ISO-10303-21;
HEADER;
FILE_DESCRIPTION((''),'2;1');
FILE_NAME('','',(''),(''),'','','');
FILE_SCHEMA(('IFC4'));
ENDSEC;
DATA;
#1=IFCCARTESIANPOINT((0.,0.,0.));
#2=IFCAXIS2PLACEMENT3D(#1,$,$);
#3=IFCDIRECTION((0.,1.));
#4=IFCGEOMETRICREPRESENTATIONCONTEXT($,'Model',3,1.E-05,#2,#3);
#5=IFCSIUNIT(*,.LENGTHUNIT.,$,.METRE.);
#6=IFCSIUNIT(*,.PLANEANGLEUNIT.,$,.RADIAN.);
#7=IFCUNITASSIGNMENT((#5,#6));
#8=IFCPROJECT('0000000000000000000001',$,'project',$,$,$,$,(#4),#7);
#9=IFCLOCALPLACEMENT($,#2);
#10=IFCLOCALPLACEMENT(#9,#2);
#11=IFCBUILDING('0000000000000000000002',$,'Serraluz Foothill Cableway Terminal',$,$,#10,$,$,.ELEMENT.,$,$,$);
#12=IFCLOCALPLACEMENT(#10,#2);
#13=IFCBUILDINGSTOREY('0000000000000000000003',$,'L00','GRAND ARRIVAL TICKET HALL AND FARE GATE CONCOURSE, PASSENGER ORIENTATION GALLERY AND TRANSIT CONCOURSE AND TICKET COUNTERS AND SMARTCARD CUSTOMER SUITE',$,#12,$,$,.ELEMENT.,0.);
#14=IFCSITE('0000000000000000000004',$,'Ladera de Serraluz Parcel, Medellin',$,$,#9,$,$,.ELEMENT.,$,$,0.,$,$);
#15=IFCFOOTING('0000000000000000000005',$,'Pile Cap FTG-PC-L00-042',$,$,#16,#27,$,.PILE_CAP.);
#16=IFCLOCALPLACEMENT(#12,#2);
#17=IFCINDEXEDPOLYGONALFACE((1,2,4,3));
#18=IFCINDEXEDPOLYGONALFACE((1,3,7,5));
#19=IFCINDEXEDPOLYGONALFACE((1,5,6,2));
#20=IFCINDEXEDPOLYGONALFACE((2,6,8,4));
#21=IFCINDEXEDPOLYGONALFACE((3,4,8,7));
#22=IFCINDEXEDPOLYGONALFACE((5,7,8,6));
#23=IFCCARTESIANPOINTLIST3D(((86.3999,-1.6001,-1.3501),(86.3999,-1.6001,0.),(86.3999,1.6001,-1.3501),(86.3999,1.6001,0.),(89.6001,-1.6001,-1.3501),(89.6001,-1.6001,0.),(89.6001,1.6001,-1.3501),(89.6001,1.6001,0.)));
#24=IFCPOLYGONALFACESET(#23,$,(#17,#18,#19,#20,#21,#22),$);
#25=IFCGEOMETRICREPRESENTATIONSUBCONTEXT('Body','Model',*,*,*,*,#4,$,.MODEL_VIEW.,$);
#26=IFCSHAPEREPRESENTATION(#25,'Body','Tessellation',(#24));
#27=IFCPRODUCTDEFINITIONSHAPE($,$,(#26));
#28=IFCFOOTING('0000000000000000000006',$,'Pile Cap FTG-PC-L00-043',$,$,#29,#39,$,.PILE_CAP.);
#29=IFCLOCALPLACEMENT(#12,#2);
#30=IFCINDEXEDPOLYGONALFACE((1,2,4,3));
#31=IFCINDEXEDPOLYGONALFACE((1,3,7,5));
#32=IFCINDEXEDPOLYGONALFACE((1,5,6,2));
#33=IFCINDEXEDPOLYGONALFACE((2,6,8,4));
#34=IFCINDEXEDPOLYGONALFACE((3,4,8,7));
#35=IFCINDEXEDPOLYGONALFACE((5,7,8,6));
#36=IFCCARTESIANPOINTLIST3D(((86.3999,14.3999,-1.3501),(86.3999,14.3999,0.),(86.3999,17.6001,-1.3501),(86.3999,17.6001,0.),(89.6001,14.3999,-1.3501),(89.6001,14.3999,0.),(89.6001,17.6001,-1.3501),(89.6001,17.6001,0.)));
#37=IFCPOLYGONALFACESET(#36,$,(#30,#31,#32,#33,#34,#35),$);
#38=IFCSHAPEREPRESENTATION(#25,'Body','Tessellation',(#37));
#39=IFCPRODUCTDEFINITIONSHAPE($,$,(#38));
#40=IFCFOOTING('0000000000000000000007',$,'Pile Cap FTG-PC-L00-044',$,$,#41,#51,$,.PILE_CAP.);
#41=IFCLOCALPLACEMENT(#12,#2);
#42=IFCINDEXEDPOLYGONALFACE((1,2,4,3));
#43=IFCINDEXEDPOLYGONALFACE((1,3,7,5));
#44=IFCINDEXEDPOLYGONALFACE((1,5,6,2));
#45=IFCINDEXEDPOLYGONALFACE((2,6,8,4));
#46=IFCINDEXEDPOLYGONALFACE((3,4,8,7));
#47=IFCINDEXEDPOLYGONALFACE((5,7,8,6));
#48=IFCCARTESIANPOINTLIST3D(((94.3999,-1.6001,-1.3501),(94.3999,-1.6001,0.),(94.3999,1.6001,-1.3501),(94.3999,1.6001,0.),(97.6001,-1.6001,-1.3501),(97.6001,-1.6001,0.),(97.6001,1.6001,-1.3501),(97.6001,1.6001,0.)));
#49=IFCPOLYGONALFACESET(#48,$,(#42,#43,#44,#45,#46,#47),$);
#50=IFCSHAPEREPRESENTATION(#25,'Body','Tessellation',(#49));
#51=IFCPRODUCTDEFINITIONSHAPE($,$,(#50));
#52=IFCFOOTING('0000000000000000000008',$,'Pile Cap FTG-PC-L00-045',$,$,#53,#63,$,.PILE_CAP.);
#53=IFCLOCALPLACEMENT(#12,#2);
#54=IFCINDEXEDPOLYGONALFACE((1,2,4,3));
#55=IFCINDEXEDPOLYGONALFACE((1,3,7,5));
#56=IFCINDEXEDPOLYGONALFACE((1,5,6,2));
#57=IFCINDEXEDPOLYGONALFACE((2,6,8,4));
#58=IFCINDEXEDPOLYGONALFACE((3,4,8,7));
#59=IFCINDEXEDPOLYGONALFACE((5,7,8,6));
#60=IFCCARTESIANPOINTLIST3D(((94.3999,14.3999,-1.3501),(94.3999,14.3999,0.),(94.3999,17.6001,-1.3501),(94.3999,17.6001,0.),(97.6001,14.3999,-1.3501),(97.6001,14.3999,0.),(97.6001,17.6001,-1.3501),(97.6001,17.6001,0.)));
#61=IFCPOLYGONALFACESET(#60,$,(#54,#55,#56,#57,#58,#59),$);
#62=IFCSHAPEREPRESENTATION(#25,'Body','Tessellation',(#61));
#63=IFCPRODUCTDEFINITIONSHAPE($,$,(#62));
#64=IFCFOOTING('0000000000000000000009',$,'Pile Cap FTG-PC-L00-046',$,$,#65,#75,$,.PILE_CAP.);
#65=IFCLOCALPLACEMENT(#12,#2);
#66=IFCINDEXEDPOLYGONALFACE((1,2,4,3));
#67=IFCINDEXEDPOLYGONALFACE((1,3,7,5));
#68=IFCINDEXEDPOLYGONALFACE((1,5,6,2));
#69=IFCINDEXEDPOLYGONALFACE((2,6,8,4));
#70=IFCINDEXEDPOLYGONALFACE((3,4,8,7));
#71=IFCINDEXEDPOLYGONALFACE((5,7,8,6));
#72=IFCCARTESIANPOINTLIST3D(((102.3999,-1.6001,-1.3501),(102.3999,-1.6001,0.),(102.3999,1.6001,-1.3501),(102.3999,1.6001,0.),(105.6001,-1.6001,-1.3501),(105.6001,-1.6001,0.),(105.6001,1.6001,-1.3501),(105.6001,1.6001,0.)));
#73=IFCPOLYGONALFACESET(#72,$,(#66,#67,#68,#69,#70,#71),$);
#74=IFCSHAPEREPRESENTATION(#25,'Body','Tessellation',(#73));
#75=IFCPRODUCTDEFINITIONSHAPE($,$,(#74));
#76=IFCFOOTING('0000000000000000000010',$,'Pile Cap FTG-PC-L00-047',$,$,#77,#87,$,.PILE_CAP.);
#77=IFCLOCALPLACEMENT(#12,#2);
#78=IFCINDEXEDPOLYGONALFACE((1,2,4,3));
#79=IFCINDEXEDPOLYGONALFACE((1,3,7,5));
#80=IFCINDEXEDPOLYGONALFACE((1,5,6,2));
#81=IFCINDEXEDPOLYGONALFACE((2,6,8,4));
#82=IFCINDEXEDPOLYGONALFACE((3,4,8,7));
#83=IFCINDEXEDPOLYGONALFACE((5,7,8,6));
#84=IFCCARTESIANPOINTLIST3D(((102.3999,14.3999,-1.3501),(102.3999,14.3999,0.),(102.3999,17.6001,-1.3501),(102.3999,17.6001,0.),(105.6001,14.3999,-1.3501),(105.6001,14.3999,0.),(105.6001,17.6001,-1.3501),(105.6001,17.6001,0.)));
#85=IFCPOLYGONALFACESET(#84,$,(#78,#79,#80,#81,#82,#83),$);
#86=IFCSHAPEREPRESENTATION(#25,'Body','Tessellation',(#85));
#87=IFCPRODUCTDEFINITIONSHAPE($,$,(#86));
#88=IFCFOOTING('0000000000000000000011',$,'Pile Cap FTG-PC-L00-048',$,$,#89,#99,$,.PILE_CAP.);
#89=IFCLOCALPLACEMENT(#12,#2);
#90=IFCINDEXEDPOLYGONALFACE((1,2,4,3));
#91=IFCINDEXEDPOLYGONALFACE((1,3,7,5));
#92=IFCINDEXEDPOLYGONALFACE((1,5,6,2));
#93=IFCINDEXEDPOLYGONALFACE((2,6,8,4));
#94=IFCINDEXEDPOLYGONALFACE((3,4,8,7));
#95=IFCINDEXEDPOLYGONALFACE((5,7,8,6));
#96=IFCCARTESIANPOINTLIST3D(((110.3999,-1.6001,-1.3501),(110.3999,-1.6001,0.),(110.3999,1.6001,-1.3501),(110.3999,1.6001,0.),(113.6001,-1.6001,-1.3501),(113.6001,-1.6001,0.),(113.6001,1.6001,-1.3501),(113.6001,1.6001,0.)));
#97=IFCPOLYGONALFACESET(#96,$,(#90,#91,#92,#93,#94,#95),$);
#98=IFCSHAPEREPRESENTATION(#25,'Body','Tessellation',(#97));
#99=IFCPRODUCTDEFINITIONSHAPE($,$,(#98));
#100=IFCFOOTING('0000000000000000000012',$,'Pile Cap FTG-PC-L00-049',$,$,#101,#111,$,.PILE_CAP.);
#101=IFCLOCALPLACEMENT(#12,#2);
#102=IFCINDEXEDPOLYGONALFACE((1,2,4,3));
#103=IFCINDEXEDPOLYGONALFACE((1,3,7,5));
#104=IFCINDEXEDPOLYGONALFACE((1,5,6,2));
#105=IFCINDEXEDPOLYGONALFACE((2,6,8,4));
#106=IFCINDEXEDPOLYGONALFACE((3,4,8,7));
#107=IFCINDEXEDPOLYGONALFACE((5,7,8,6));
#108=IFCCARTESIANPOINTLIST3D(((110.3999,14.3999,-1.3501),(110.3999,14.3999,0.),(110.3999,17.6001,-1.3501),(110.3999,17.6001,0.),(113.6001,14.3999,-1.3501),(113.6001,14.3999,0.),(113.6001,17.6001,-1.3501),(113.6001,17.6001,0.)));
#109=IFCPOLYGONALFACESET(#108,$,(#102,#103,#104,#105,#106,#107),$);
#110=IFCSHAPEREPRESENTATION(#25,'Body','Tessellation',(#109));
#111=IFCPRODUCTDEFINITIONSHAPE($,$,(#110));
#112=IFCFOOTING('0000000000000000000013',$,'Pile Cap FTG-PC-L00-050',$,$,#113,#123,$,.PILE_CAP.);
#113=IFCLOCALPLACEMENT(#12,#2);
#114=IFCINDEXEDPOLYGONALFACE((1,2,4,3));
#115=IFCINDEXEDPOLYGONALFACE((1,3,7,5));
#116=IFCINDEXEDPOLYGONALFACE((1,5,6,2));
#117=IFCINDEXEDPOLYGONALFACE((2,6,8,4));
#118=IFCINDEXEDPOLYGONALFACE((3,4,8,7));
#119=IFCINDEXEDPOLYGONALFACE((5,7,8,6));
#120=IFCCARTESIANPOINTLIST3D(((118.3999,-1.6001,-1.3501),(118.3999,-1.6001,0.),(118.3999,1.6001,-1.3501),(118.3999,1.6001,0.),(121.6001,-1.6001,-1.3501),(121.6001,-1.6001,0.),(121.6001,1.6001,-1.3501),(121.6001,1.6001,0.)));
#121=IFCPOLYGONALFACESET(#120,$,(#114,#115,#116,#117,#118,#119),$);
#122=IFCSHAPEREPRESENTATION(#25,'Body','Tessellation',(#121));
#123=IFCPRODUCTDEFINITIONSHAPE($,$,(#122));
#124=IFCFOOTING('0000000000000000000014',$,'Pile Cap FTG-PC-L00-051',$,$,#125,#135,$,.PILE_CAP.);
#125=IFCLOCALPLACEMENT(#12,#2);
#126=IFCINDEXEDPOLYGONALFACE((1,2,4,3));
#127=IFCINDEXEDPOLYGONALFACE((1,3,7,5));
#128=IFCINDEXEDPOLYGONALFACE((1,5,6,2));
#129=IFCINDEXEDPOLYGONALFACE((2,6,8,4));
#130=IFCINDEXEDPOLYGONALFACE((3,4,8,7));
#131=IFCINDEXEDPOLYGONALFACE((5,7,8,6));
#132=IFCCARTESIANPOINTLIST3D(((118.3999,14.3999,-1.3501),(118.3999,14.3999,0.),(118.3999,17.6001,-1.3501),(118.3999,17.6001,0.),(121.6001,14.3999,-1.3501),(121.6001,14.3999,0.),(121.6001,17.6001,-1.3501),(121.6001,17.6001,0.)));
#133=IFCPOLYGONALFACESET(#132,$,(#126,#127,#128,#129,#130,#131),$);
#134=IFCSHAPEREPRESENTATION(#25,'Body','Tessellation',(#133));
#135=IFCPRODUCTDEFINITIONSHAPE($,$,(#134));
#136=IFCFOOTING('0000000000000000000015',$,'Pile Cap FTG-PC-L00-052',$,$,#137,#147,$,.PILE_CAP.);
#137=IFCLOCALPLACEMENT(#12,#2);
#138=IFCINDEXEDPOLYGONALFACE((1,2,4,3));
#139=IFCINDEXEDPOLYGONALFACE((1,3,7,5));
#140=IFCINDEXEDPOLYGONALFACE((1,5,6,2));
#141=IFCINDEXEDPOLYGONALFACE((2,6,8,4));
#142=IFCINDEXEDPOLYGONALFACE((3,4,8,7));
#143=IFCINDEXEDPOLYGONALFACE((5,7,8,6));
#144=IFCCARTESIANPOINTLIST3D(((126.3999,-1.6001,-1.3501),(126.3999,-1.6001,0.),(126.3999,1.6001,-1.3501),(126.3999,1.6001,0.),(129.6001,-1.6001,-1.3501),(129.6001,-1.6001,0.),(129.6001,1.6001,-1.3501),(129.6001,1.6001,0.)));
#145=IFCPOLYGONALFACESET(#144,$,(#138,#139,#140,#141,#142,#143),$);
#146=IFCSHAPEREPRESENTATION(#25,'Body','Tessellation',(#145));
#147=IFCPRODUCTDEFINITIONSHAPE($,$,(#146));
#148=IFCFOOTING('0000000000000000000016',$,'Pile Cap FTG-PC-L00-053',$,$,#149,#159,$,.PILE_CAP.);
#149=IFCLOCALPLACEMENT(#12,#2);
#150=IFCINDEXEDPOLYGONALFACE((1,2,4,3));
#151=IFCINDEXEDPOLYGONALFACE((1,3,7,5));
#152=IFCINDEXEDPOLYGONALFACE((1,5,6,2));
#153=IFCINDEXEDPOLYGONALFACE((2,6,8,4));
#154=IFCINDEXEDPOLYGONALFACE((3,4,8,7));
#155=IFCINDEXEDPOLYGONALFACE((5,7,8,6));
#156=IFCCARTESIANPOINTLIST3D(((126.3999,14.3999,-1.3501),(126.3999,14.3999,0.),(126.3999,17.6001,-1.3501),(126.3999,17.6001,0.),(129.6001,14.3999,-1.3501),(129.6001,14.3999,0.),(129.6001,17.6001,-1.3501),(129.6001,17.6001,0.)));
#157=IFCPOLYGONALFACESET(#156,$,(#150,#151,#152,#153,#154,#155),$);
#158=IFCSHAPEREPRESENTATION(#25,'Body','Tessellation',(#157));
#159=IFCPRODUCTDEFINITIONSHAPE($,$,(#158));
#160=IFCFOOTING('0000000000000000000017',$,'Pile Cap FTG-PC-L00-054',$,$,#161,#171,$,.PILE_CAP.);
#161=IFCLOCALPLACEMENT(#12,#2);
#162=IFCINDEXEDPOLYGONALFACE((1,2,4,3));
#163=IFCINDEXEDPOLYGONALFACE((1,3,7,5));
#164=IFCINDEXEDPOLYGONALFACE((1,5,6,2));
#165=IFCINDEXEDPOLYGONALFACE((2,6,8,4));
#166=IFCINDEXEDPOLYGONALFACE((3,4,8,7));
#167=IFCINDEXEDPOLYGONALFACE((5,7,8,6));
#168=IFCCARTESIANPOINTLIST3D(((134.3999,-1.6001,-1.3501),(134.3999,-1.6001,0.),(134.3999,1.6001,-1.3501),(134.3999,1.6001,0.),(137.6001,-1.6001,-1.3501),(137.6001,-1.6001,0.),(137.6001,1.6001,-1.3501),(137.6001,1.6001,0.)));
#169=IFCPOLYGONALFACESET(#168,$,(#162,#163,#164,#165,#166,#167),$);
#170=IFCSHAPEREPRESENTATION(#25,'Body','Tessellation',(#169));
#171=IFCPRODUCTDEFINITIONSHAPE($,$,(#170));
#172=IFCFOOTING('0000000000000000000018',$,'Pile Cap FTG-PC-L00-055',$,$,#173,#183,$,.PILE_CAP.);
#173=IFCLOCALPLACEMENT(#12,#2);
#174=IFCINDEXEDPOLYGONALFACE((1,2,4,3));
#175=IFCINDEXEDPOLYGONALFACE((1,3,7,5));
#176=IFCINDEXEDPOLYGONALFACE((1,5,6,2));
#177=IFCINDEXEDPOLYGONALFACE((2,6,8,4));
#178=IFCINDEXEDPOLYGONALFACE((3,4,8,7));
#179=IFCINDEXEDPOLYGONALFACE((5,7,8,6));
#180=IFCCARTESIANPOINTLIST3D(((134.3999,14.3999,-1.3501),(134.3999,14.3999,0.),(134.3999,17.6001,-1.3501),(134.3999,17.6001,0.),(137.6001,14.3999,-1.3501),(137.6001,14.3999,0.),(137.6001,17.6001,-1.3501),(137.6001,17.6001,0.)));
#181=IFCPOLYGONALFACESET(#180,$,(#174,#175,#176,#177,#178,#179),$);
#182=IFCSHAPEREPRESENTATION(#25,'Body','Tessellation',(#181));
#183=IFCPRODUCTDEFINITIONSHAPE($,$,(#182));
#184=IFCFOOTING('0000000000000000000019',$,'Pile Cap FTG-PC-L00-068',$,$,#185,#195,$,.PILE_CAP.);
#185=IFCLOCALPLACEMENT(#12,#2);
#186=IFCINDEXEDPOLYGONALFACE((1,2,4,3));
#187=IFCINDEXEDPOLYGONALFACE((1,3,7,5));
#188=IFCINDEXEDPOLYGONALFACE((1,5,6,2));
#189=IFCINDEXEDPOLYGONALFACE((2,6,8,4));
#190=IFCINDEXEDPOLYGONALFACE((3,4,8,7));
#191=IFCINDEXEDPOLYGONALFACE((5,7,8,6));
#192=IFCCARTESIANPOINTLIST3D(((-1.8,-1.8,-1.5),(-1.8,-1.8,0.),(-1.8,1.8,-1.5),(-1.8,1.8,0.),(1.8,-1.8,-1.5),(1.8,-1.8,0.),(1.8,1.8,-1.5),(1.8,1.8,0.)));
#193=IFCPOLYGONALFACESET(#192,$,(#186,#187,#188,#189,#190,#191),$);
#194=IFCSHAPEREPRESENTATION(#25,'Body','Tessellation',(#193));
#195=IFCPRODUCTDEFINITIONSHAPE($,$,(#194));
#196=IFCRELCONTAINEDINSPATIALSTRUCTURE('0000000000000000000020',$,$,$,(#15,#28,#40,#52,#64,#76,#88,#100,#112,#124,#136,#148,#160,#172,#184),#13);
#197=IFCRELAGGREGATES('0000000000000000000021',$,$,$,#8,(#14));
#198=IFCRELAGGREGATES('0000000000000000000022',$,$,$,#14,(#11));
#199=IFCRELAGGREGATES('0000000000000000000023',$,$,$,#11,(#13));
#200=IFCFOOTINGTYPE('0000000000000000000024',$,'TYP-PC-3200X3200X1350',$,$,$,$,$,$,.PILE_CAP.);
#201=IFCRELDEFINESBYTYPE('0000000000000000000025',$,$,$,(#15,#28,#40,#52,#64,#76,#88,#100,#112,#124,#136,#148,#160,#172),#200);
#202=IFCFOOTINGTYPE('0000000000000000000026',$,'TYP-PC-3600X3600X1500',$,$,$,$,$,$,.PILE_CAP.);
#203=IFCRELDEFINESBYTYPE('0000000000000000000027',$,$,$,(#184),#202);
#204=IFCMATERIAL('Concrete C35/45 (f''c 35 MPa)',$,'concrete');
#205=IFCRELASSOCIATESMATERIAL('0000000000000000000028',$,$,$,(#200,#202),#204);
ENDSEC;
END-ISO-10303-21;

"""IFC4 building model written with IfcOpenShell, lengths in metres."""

from ifc_helpers import new_model, si_unit, direction, frame, origin, place, context, subcontext, project, spatial, polyline, outline, extrude, material, type_object, element, save


model = new_model("IFC4")

# Units and contexts
model_context = context("Model", 3, precision=1e-05, world=origin(), true_north=direction((0.0, 1.0)))
body_context = subcontext(model_context, "Body", "Model", "MODEL_VIEW")
ifc_project = project(units=[si_unit("LENGTHUNIT", "METRE"), si_unit("PLANEANGLEUNIT", "RADIAN")], contexts=[model_context])

# Site, building, storey
site_placement = place(None, origin())
site = spatial("IfcSite", under=ifc_project, at=site_placement, Name="Ladera de Serraluz Parcel, Medellin", CompositionType="ELEMENT", RefElevation=0.0)
building_placement = place(site_placement, origin())
building = spatial("IfcBuilding", under=site, at=building_placement, Name="Serraluz Foothill Cableway Terminal", CompositionType="ELEMENT")
storey_placement = place(building_placement, origin())
storey = spatial("IfcBuildingStorey", under=building, at=storey_placement, Name="L00", Description="GRAND ARRIVAL TICKET HALL AND FARE GATE CONCOURSE, PASSENGER ORIENTATION GALLERY AND TRANSIT CONCOURSE AND TICKET COUNTERS AND SMARTCARD CUSTOMER SUITE", CompositionType="ELEMENT", Elevation=0.0)

# Footings
ifc_material_1 = material(Name="Concrete C35/45 (f'c 35 MPa)", Category="concrete")
footing_type_1 = type_object("IfcFootingType", Name="TYP-PC-3200X3200X1350", PredefinedType="PILE_CAP", material=ifc_material_1)
footing_1_placement = place(storey_placement, frame((0.0, 0.0, -1.3501)))
element("IfcFooting", 1, at=footing_1_placement, inside=storey, type_object=footing_type_1, Name="Pile Cap FTG-PC-L00-042", PredefinedType="PILE_CAP", context=body_context, shape_type="SweptSolid", body=[
    extrude(outline(polyline([(86.3999, -1.6001), (89.6001, -1.6001), (89.6001, 1.6001), (86.3999, 1.6001), (86.3999, -1.6001)])), origin(), (0.0, 0.0, 1.0), 1.3501),
])
footing_2_placement = place(storey_placement, frame((0.0, 0.0, -1.3501)))
element("IfcFooting", 2, at=footing_2_placement, inside=storey, type_object=footing_type_1, Name="Pile Cap FTG-PC-L00-043", PredefinedType="PILE_CAP", context=body_context, shape_type="SweptSolid", body=[
    extrude(outline(polyline([(86.3999, 14.3999), (89.6001, 14.3999), (89.6001, 17.6001), (86.3999, 17.6001), (86.3999, 14.3999)])), origin(), (0.0, 0.0, 1.0), 1.3501),
])
footing_3_placement = place(storey_placement, frame((0.0, 0.0, -1.3501)))
element("IfcFooting", 3, at=footing_3_placement, inside=storey, type_object=footing_type_1, Name="Pile Cap FTG-PC-L00-044", PredefinedType="PILE_CAP", context=body_context, shape_type="SweptSolid", body=[
    extrude(outline(polyline([(94.3999, -1.6001), (97.6001, -1.6001), (97.6001, 1.6001), (94.3999, 1.6001), (94.3999, -1.6001)])), origin(), (0.0, 0.0, 1.0), 1.3501),
])
footing_4_placement = place(storey_placement, frame((0.0, 0.0, -1.3501)))
element("IfcFooting", 4, at=footing_4_placement, inside=storey, type_object=footing_type_1, Name="Pile Cap FTG-PC-L00-045", PredefinedType="PILE_CAP", context=body_context, shape_type="SweptSolid", body=[
    extrude(outline(polyline([(94.3999, 14.3999), (97.6001, 14.3999), (97.6001, 17.6001), (94.3999, 17.6001), (94.3999, 14.3999)])), origin(), (0.0, 0.0, 1.0), 1.3501),
])
footing_5_placement = place(storey_placement, frame((0.0, 0.0, -1.3501)))
element("IfcFooting", 5, at=footing_5_placement, inside=storey, type_object=footing_type_1, Name="Pile Cap FTG-PC-L00-046", PredefinedType="PILE_CAP", context=body_context, shape_type="SweptSolid", body=[
    extrude(outline(polyline([(102.3999, -1.6001), (105.6001, -1.6001), (105.6001, 1.6001), (102.3999, 1.6001), (102.3999, -1.6001)])), origin(), (0.0, 0.0, 1.0), 1.3501),
])
footing_6_placement = place(storey_placement, frame((0.0, 0.0, -1.3501)))
element("IfcFooting", 6, at=footing_6_placement, inside=storey, type_object=footing_type_1, Name="Pile Cap FTG-PC-L00-047", PredefinedType="PILE_CAP", context=body_context, shape_type="SweptSolid", body=[
    extrude(outline(polyline([(102.3999, 14.3999), (105.6001, 14.3999), (105.6001, 17.6001), (102.3999, 17.6001), (102.3999, 14.3999)])), origin(), (0.0, 0.0, 1.0), 1.3501),
])
footing_7_placement = place(storey_placement, frame((0.0, 0.0, -1.3501)))
element("IfcFooting", 7, at=footing_7_placement, inside=storey, type_object=footing_type_1, Name="Pile Cap FTG-PC-L00-048", PredefinedType="PILE_CAP", context=body_context, shape_type="SweptSolid", body=[
    extrude(outline(polyline([(110.3999, -1.6001), (113.6001, -1.6001), (113.6001, 1.6001), (110.3999, 1.6001), (110.3999, -1.6001)])), origin(), (0.0, 0.0, 1.0), 1.3501),
])
footing_8_placement = place(storey_placement, frame((0.0, 0.0, -1.3501)))
element("IfcFooting", 8, at=footing_8_placement, inside=storey, type_object=footing_type_1, Name="Pile Cap FTG-PC-L00-049", PredefinedType="PILE_CAP", context=body_context, shape_type="SweptSolid", body=[
    extrude(outline(polyline([(110.3999, 14.3999), (113.6001, 14.3999), (113.6001, 17.6001), (110.3999, 17.6001), (110.3999, 14.3999)])), origin(), (0.0, 0.0, 1.0), 1.3501),
])
footing_9_placement = place(storey_placement, frame((0.0, 0.0, -1.3501)))
element("IfcFooting", 9, at=footing_9_placement, inside=storey, type_object=footing_type_1, Name="Pile Cap FTG-PC-L00-050", PredefinedType="PILE_CAP", context=body_context, shape_type="SweptSolid", body=[
    extrude(outline(polyline([(118.3999, -1.6001), (121.6001, -1.6001), (121.6001, 1.6001), (118.3999, 1.6001), (118.3999, -1.6001)])), origin(), (0.0, 0.0, 1.0), 1.3501),
])
footing_10_placement = place(storey_placement, frame((0.0, 0.0, -1.3501)))
element("IfcFooting", 10, at=footing_10_placement, inside=storey, type_object=footing_type_1, Name="Pile Cap FTG-PC-L00-051", PredefinedType="PILE_CAP", context=body_context, shape_type="SweptSolid", body=[
    extrude(outline(polyline([(118.3999, 14.3999), (121.6001, 14.3999), (121.6001, 17.6001), (118.3999, 17.6001), (118.3999, 14.3999)])), origin(), (0.0, 0.0, 1.0), 1.3501),
])
footing_11_placement = place(storey_placement, frame((0.0, 0.0, -1.3501)))
element("IfcFooting", 11, at=footing_11_placement, inside=storey, type_object=footing_type_1, Name="Pile Cap FTG-PC-L00-052", PredefinedType="PILE_CAP", context=body_context, shape_type="SweptSolid", body=[
    extrude(outline(polyline([(126.3999, -1.6001), (129.6001, -1.6001), (129.6001, 1.6001), (126.3999, 1.6001), (126.3999, -1.6001)])), origin(), (0.0, 0.0, 1.0), 1.3501),
])
footing_12_placement = place(storey_placement, frame((0.0, 0.0, -1.3501)))
element("IfcFooting", 12, at=footing_12_placement, inside=storey, type_object=footing_type_1, Name="Pile Cap FTG-PC-L00-053", PredefinedType="PILE_CAP", context=body_context, shape_type="SweptSolid", body=[
    extrude(outline(polyline([(126.3999, 14.3999), (129.6001, 14.3999), (129.6001, 17.6001), (126.3999, 17.6001), (126.3999, 14.3999)])), origin(), (0.0, 0.0, 1.0), 1.3501),
])
footing_13_placement = place(storey_placement, frame((0.0, 0.0, -1.3501)))
element("IfcFooting", 13, at=footing_13_placement, inside=storey, type_object=footing_type_1, Name="Pile Cap FTG-PC-L00-054", PredefinedType="PILE_CAP", context=body_context, shape_type="SweptSolid", body=[
    extrude(outline(polyline([(134.3999, -1.6001), (137.6001, -1.6001), (137.6001, 1.6001), (134.3999, 1.6001), (134.3999, -1.6001)])), origin(), (0.0, 0.0, 1.0), 1.3501),
])
footing_14_placement = place(storey_placement, frame((0.0, 0.0, -1.3501)))
element("IfcFooting", 14, at=footing_14_placement, inside=storey, type_object=footing_type_1, Name="Pile Cap FTG-PC-L00-055", PredefinedType="PILE_CAP", context=body_context, shape_type="SweptSolid", body=[
    extrude(outline(polyline([(134.3999, 14.3999), (137.6001, 14.3999), (137.6001, 17.6001), (134.3999, 17.6001), (134.3999, 14.3999)])), origin(), (0.0, 0.0, 1.0), 1.3501),
])
footing_type_2 = type_object("IfcFootingType", Name="TYP-PC-3600X3600X1500", PredefinedType="PILE_CAP", material=ifc_material_1)
footing_15_placement = place(storey_placement, frame((0.0, 0.0, -1.5)))
element("IfcFooting", 15, at=footing_15_placement, inside=storey, type_object=footing_type_2, Name="Pile Cap FTG-PC-L00-068", PredefinedType="PILE_CAP", context=body_context, shape_type="SweptSolid", body=[
    extrude(outline(polyline([(-1.8, -1.8), (1.8, -1.8), (1.8, 1.8), (-1.8, 1.8), (-1.8, -1.8)])), origin(), (0.0, 0.0, 1.0), 1.5),
])

save(model, "model.ifc")
